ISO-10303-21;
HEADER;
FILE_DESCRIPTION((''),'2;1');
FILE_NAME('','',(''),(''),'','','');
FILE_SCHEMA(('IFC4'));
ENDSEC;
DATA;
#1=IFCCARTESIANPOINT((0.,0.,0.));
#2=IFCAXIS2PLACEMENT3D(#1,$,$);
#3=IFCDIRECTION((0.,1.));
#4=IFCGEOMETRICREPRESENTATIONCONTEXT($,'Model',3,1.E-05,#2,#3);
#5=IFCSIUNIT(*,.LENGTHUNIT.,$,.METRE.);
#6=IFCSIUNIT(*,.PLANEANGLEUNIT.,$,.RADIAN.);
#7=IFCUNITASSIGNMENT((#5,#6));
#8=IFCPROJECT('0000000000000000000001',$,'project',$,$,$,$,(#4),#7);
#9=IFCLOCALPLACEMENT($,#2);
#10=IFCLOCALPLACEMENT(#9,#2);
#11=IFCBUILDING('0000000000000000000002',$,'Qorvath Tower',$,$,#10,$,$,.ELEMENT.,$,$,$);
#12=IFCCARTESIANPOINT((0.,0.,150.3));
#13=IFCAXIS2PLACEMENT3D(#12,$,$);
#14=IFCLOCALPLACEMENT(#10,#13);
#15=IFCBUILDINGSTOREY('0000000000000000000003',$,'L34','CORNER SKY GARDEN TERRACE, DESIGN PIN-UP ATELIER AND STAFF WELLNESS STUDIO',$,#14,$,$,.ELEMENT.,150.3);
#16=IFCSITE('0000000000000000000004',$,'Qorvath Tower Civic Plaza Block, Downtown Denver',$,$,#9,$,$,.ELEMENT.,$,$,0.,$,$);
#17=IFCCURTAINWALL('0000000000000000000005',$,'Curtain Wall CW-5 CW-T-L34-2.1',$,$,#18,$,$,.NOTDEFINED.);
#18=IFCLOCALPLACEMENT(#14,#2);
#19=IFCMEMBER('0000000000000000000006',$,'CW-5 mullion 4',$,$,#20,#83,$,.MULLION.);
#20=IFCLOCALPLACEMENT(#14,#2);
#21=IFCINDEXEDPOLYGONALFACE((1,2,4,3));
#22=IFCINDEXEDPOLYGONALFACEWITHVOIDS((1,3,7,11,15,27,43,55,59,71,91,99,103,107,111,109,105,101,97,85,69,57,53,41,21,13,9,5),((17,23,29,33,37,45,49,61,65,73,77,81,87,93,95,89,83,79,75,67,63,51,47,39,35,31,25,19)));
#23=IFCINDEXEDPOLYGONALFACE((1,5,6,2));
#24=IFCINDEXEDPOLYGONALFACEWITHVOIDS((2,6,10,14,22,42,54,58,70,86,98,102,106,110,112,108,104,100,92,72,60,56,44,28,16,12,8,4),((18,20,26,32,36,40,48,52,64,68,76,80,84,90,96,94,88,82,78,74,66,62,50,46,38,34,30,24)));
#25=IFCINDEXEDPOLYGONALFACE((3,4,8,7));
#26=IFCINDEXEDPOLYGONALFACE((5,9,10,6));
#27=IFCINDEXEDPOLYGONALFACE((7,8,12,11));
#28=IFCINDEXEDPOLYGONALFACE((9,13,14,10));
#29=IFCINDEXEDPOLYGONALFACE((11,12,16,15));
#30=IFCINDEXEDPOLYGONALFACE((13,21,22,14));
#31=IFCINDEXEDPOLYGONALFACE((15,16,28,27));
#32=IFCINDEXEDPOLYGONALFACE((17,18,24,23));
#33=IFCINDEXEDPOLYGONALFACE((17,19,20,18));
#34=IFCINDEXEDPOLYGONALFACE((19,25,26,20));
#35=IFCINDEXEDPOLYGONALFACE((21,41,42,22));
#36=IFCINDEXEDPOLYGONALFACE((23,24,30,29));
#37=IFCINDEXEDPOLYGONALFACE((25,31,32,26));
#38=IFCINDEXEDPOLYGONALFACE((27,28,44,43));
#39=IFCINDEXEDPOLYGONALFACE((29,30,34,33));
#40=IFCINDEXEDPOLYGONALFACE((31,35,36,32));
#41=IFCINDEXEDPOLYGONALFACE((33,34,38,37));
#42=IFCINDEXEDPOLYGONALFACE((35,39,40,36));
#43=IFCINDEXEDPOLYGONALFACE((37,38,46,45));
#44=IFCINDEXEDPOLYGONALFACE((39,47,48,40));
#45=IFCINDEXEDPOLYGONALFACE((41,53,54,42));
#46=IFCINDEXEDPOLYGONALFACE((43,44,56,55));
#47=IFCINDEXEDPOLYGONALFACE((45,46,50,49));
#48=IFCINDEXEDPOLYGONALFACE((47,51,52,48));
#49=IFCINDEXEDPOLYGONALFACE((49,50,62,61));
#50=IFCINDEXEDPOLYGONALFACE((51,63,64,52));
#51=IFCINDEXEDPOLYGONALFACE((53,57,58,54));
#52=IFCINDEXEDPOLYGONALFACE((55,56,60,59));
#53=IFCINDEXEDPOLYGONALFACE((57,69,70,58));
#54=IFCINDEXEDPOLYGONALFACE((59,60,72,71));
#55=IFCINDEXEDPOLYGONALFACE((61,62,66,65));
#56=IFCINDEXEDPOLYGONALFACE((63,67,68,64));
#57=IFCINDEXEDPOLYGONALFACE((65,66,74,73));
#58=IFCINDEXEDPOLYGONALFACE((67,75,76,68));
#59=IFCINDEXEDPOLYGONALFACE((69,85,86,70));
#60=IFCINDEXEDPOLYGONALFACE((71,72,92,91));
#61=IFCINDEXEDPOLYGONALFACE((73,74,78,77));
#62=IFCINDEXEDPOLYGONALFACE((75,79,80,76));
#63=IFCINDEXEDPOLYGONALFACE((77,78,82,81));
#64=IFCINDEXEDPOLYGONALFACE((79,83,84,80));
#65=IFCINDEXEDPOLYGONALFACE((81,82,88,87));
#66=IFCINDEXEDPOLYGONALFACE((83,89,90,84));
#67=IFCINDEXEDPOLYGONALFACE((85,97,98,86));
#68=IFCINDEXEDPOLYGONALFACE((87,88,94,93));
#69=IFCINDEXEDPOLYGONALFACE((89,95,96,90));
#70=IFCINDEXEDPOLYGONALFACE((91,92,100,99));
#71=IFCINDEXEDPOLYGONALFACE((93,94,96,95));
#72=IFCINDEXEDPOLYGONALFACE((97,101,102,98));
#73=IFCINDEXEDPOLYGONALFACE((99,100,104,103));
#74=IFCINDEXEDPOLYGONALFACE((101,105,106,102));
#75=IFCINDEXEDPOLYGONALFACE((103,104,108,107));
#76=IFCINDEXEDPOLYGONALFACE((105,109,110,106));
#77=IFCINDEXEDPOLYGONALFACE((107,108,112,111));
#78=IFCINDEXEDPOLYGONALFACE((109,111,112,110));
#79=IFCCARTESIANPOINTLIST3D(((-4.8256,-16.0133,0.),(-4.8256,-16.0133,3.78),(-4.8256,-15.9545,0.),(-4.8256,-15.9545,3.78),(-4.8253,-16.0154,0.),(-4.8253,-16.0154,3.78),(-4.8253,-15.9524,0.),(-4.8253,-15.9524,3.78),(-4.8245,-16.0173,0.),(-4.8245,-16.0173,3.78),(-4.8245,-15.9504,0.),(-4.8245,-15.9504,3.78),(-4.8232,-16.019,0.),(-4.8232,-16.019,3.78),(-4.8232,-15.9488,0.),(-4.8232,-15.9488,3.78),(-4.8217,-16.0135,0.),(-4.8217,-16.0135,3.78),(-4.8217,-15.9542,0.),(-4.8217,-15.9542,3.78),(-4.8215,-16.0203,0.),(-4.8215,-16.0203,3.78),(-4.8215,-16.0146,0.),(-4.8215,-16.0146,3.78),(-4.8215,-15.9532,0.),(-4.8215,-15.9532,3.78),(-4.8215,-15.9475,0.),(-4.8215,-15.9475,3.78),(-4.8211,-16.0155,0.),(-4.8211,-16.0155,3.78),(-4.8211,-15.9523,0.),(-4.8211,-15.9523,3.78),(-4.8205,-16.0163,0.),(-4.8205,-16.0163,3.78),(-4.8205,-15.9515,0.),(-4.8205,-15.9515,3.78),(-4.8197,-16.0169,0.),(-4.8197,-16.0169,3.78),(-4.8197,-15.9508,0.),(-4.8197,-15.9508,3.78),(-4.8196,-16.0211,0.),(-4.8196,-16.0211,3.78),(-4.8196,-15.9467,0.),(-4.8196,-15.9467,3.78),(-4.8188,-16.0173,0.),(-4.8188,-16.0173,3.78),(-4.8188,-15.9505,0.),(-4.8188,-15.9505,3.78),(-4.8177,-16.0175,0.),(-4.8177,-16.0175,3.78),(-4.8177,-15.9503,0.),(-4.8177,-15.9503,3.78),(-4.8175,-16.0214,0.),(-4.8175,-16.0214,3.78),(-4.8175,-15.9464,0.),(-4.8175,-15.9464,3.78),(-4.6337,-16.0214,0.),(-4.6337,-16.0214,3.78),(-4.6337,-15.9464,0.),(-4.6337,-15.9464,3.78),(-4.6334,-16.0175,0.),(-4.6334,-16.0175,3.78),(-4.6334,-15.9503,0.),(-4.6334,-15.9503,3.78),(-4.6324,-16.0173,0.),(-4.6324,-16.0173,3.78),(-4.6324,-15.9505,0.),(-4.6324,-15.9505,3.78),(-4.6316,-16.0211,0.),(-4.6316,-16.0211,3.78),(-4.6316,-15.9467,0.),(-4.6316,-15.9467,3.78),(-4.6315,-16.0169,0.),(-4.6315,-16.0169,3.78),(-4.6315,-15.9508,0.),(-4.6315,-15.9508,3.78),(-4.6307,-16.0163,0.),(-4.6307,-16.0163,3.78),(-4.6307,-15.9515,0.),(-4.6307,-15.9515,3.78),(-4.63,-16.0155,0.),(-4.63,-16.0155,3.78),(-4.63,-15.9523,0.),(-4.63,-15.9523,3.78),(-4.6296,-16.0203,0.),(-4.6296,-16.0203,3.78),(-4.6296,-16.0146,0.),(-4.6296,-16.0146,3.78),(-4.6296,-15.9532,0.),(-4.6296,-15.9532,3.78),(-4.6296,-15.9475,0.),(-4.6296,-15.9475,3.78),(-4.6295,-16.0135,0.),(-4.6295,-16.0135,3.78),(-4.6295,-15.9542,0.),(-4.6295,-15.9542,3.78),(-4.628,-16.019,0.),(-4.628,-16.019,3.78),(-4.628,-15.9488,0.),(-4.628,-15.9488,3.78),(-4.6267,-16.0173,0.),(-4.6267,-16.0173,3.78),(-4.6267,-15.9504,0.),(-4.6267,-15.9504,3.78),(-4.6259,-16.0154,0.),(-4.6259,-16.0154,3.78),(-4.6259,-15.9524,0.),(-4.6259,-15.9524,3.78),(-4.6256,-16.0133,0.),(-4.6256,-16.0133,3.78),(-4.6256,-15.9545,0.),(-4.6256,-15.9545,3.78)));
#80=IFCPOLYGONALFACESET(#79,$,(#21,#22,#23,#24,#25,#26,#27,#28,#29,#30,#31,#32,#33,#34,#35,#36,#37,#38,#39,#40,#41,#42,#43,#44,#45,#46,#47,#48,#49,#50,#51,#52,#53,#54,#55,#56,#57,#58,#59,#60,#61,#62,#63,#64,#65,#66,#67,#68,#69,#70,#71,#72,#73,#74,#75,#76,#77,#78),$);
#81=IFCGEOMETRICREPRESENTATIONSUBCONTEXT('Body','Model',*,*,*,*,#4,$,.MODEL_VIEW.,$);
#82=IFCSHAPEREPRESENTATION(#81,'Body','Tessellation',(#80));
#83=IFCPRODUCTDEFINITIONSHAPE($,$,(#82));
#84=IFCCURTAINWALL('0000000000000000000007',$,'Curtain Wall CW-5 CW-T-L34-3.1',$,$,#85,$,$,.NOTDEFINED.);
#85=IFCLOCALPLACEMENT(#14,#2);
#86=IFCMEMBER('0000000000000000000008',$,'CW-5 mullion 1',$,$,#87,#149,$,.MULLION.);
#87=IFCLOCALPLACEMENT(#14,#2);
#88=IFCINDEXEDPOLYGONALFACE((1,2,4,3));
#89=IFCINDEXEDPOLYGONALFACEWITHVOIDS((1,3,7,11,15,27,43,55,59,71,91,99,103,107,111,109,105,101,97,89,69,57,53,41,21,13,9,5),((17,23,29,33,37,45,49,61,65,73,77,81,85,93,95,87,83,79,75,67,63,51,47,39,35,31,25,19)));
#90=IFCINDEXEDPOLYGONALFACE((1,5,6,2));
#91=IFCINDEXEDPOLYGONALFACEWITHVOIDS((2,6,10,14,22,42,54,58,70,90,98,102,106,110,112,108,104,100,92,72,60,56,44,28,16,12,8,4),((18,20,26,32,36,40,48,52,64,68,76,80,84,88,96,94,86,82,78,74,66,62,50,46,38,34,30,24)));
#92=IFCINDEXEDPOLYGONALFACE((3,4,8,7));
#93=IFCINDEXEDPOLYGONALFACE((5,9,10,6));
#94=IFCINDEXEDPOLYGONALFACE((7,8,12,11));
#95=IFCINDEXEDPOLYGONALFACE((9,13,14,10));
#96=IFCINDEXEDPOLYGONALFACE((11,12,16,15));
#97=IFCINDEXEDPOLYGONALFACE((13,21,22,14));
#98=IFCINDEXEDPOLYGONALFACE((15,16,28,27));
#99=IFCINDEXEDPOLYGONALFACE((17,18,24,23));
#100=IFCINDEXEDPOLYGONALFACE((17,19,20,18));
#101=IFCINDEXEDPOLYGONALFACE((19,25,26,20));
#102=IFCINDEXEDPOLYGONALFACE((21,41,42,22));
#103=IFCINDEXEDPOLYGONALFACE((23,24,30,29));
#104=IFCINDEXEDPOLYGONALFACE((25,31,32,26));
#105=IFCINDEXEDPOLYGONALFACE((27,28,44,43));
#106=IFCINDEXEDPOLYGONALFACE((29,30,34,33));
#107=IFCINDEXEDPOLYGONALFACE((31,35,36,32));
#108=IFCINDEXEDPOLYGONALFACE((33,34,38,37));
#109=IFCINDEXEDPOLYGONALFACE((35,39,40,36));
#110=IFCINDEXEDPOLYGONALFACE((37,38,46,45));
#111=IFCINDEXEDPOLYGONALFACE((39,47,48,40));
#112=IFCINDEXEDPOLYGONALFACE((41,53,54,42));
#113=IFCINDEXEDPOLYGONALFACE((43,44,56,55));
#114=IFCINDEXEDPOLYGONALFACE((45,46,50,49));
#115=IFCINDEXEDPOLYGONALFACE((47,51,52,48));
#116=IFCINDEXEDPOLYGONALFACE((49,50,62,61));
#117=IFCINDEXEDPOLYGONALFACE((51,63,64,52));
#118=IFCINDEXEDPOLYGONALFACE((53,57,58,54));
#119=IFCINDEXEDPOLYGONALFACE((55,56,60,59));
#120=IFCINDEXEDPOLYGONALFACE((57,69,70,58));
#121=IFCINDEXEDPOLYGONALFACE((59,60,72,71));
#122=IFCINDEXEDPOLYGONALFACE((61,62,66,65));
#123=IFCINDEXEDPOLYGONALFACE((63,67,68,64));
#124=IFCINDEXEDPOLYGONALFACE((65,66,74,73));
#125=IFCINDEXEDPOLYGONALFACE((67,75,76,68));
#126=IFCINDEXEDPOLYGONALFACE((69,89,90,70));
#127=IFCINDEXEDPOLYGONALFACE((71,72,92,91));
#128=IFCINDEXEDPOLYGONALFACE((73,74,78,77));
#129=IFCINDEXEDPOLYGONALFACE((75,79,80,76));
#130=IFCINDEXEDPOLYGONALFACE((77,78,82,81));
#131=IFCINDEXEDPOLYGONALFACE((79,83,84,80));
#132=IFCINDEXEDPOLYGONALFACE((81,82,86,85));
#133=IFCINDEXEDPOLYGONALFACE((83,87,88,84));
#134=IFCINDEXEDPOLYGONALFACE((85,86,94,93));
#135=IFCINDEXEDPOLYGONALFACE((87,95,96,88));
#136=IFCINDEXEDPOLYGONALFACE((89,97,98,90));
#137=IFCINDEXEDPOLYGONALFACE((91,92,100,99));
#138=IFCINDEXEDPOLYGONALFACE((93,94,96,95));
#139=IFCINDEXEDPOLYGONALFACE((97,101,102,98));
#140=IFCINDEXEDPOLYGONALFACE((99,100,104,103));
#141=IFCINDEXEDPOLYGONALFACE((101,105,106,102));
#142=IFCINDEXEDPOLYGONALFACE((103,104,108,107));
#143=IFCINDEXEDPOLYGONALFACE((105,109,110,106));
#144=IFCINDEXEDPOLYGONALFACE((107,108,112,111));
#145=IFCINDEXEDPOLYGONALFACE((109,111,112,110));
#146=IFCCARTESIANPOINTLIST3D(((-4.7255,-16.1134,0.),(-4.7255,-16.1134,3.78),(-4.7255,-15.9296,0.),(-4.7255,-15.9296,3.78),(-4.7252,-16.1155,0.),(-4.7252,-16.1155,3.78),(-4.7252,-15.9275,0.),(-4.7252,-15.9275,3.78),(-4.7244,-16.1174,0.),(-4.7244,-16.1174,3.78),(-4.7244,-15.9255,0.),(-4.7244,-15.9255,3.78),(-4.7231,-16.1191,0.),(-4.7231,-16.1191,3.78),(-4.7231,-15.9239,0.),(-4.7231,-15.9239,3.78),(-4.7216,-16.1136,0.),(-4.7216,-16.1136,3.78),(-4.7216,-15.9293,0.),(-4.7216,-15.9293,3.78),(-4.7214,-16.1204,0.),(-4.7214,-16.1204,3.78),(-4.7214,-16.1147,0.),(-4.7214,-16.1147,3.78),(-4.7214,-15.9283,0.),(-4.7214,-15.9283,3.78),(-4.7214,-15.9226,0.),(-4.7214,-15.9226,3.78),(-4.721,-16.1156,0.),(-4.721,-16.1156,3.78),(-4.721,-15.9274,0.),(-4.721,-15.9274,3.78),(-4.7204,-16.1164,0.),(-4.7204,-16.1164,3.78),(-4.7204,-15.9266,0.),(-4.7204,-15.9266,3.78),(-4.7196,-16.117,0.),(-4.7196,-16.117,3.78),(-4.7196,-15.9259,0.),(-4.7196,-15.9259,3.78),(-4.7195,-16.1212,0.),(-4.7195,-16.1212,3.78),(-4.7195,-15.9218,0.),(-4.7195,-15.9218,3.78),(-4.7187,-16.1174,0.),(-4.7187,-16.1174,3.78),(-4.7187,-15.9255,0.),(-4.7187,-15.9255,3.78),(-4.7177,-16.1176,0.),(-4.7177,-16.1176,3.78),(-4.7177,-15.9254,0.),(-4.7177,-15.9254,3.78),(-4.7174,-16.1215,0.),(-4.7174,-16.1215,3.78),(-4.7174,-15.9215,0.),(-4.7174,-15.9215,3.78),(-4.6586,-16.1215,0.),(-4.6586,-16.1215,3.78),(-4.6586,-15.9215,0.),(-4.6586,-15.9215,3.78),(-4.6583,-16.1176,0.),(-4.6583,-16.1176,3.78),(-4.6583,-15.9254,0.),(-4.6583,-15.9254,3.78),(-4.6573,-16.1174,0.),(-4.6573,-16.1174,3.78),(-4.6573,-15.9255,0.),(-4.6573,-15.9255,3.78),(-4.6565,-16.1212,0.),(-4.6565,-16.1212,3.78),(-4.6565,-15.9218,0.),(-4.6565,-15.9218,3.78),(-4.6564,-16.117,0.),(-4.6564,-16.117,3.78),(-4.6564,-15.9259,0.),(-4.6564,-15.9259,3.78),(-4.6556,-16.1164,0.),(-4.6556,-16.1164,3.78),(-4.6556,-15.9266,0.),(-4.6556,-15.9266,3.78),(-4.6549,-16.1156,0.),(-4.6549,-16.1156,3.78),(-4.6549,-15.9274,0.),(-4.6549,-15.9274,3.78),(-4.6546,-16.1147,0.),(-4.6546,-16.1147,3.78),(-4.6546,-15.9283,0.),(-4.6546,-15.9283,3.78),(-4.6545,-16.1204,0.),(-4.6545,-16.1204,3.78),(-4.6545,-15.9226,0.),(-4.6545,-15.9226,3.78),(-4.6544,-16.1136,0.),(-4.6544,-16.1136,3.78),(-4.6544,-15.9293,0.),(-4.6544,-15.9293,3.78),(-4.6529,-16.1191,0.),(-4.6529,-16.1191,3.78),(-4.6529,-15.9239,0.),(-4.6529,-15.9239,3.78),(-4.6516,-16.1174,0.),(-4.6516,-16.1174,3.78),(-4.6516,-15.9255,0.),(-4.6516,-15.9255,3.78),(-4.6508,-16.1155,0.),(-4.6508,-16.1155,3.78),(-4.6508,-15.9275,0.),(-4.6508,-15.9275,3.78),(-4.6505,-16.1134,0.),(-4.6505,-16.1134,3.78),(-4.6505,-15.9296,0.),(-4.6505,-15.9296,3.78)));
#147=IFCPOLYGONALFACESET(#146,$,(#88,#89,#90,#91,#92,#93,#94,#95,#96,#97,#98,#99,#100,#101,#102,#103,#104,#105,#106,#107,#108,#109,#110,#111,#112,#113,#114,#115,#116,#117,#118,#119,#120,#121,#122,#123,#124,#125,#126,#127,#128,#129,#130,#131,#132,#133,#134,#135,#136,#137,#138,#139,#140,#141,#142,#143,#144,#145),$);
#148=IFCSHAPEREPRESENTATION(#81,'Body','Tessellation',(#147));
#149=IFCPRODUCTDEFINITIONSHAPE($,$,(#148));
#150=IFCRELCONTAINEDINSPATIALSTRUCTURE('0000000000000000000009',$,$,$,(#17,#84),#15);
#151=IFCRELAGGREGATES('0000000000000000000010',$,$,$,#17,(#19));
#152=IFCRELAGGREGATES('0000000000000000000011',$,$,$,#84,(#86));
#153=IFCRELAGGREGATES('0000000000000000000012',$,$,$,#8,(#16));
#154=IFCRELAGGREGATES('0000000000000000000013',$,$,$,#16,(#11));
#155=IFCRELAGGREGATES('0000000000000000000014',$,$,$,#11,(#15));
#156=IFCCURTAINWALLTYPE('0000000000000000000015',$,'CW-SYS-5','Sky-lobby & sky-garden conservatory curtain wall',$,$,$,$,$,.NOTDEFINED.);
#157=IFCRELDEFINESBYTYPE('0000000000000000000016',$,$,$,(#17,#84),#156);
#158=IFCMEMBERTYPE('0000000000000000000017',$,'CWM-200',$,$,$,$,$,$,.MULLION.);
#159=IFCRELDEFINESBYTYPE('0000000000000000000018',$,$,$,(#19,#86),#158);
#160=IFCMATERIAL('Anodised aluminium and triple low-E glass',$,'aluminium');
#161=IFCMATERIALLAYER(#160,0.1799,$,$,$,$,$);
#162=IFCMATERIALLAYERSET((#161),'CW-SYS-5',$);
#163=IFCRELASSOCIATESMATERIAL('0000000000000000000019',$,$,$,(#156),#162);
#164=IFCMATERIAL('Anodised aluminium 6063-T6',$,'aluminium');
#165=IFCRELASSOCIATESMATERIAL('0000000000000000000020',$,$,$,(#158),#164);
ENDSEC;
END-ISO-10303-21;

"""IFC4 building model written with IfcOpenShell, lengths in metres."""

from ifc_helpers import new_model, si_unit, direction, frame, origin, origin_2d, place, context, subcontext, project, spatial, hollow_rectangle, extrude, material, layer, layer_set, material_profile, profile_set, type_object, element, aggregate, save


model = new_model("IFC4")

# Units and contexts
model_context = context("Model", 3, precision=1e-05, world=origin(), true_north=direction((0.0, 1.0)))
body_context = subcontext(model_context, "Body", "Model", "MODEL_VIEW")
ifc_project = project(units=[si_unit("LENGTHUNIT", "METRE"), si_unit("PLANEANGLEUNIT", "RADIAN")], contexts=[model_context])

# Site, building, storey
site_placement = place(None, origin())
site = spatial("IfcSite", under=ifc_project, at=site_placement, Name="Qorvath Tower Civic Plaza Block, Downtown Denver", CompositionType="ELEMENT", RefElevation=0.0)
building_placement = place(site_placement, origin())
building = spatial("IfcBuilding", under=site, at=building_placement, Name="Qorvath Tower", CompositionType="ELEMENT")
storey_placement = place(building_placement, frame((0.0, 0.0, 150.3)))
storey = spatial("IfcBuildingStorey", under=building, at=storey_placement, Name="L34", Description="CORNER SKY GARDEN TERRACE, DESIGN PIN-UP ATELIER AND STAFF WELLNESS STUDIO", CompositionType="ELEMENT", Elevation=150.3)

# Curtain wall, member
ifc_material_1 = material(Name="Anodised aluminium and triple low-E glass", Category="aluminium")
ifc_layer_1 = layer(ifc_material_1, 0.1799)
ifc_layer_set_1 = layer_set([ifc_layer_1], Name="CW-SYS-5")
curtain_wall_type = type_object("IfcCurtainWallType", Name="CW-SYS-5", Description="Sky-lobby & sky-garden conservatory curtain wall", PredefinedType="NOTDEFINED", material=ifc_layer_set_1)
curtain_wall_1_placement = place(storey_placement, origin())
curtain_wall_1 = element("IfcCurtainWall", 1, at=curtain_wall_1_placement, inside=storey, type_object=curtain_wall_type, Name="Curtain Wall CW-5 CW-T-L34-2.1", PredefinedType="NOTDEFINED")
ifc_material_2 = material(Name="Anodised aluminium 6063-T6", Category="aluminium")
ifc_material_profile_1 = material_profile(ifc_material_2, hollow_rectangle(XDim=0.075, YDim=0.2, WallThickness=0.0039, InnerFilletRadius=0.0039, OuterFilletRadius=0.0081, at=origin_2d()), Name="CWM 200x75")
ifc_profile_set_1 = profile_set([ifc_material_profile_1], Name="Anodised aluminium 6063-T6")
member_type_1 = type_object("IfcMemberType", Name="CWM-200", PredefinedType="MULLION", material=ifc_profile_set_1)
member_1_placement = place(storey_placement, frame((-4.7256, -15.9839, 0.0), z_axis=(0.0, 0.0, 1.0), x_axis=(0.0, 1.0, 0.0)))
member_1 = element("IfcMember", 2, at=member_1_placement, type_object=member_type_1, Name="CW-5 mullion 4", PredefinedType="MULLION", context=body_context, shape_type="SweptSolid", body=[
    extrude(hollow_rectangle(XDim=0.075, YDim=0.2, WallThickness=0.0039, InnerFilletRadius=0.0039, OuterFilletRadius=0.0081, at=origin_2d()), origin(), (0.0, 0.0, 1.0), 3.78),
])

# Curtain wall, member
curtain_wall_2_placement = place(storey_placement, origin())
curtain_wall_2 = element("IfcCurtainWall", 3, at=curtain_wall_2_placement, inside=storey, type_object=curtain_wall_type, Name="Curtain Wall CW-5 CW-T-L34-3.1", PredefinedType="NOTDEFINED")
member_2_placement = place(storey_placement, frame((-4.688, -16.0215, 0.0), z_axis=(0.0, 0.0, 1.0), x_axis=(1.0, 0.0, 0.0)))
member_2 = element("IfcMember", 4, at=member_2_placement, type_object=member_type_1, Name="CW-5 mullion 1", PredefinedType="MULLION", context=body_context, shape_type="SweptSolid", body=[
    extrude(hollow_rectangle(XDim=0.075, YDim=0.2, WallThickness=0.0039, InnerFilletRadius=0.0039, OuterFilletRadius=0.0081, at=origin_2d()), origin(), (0.0, 0.0, 1.0), 3.78),
])

aggregate(curtain_wall_1, [member_1])
aggregate(curtain_wall_2, [member_2])

save(model, "model.ifc")
